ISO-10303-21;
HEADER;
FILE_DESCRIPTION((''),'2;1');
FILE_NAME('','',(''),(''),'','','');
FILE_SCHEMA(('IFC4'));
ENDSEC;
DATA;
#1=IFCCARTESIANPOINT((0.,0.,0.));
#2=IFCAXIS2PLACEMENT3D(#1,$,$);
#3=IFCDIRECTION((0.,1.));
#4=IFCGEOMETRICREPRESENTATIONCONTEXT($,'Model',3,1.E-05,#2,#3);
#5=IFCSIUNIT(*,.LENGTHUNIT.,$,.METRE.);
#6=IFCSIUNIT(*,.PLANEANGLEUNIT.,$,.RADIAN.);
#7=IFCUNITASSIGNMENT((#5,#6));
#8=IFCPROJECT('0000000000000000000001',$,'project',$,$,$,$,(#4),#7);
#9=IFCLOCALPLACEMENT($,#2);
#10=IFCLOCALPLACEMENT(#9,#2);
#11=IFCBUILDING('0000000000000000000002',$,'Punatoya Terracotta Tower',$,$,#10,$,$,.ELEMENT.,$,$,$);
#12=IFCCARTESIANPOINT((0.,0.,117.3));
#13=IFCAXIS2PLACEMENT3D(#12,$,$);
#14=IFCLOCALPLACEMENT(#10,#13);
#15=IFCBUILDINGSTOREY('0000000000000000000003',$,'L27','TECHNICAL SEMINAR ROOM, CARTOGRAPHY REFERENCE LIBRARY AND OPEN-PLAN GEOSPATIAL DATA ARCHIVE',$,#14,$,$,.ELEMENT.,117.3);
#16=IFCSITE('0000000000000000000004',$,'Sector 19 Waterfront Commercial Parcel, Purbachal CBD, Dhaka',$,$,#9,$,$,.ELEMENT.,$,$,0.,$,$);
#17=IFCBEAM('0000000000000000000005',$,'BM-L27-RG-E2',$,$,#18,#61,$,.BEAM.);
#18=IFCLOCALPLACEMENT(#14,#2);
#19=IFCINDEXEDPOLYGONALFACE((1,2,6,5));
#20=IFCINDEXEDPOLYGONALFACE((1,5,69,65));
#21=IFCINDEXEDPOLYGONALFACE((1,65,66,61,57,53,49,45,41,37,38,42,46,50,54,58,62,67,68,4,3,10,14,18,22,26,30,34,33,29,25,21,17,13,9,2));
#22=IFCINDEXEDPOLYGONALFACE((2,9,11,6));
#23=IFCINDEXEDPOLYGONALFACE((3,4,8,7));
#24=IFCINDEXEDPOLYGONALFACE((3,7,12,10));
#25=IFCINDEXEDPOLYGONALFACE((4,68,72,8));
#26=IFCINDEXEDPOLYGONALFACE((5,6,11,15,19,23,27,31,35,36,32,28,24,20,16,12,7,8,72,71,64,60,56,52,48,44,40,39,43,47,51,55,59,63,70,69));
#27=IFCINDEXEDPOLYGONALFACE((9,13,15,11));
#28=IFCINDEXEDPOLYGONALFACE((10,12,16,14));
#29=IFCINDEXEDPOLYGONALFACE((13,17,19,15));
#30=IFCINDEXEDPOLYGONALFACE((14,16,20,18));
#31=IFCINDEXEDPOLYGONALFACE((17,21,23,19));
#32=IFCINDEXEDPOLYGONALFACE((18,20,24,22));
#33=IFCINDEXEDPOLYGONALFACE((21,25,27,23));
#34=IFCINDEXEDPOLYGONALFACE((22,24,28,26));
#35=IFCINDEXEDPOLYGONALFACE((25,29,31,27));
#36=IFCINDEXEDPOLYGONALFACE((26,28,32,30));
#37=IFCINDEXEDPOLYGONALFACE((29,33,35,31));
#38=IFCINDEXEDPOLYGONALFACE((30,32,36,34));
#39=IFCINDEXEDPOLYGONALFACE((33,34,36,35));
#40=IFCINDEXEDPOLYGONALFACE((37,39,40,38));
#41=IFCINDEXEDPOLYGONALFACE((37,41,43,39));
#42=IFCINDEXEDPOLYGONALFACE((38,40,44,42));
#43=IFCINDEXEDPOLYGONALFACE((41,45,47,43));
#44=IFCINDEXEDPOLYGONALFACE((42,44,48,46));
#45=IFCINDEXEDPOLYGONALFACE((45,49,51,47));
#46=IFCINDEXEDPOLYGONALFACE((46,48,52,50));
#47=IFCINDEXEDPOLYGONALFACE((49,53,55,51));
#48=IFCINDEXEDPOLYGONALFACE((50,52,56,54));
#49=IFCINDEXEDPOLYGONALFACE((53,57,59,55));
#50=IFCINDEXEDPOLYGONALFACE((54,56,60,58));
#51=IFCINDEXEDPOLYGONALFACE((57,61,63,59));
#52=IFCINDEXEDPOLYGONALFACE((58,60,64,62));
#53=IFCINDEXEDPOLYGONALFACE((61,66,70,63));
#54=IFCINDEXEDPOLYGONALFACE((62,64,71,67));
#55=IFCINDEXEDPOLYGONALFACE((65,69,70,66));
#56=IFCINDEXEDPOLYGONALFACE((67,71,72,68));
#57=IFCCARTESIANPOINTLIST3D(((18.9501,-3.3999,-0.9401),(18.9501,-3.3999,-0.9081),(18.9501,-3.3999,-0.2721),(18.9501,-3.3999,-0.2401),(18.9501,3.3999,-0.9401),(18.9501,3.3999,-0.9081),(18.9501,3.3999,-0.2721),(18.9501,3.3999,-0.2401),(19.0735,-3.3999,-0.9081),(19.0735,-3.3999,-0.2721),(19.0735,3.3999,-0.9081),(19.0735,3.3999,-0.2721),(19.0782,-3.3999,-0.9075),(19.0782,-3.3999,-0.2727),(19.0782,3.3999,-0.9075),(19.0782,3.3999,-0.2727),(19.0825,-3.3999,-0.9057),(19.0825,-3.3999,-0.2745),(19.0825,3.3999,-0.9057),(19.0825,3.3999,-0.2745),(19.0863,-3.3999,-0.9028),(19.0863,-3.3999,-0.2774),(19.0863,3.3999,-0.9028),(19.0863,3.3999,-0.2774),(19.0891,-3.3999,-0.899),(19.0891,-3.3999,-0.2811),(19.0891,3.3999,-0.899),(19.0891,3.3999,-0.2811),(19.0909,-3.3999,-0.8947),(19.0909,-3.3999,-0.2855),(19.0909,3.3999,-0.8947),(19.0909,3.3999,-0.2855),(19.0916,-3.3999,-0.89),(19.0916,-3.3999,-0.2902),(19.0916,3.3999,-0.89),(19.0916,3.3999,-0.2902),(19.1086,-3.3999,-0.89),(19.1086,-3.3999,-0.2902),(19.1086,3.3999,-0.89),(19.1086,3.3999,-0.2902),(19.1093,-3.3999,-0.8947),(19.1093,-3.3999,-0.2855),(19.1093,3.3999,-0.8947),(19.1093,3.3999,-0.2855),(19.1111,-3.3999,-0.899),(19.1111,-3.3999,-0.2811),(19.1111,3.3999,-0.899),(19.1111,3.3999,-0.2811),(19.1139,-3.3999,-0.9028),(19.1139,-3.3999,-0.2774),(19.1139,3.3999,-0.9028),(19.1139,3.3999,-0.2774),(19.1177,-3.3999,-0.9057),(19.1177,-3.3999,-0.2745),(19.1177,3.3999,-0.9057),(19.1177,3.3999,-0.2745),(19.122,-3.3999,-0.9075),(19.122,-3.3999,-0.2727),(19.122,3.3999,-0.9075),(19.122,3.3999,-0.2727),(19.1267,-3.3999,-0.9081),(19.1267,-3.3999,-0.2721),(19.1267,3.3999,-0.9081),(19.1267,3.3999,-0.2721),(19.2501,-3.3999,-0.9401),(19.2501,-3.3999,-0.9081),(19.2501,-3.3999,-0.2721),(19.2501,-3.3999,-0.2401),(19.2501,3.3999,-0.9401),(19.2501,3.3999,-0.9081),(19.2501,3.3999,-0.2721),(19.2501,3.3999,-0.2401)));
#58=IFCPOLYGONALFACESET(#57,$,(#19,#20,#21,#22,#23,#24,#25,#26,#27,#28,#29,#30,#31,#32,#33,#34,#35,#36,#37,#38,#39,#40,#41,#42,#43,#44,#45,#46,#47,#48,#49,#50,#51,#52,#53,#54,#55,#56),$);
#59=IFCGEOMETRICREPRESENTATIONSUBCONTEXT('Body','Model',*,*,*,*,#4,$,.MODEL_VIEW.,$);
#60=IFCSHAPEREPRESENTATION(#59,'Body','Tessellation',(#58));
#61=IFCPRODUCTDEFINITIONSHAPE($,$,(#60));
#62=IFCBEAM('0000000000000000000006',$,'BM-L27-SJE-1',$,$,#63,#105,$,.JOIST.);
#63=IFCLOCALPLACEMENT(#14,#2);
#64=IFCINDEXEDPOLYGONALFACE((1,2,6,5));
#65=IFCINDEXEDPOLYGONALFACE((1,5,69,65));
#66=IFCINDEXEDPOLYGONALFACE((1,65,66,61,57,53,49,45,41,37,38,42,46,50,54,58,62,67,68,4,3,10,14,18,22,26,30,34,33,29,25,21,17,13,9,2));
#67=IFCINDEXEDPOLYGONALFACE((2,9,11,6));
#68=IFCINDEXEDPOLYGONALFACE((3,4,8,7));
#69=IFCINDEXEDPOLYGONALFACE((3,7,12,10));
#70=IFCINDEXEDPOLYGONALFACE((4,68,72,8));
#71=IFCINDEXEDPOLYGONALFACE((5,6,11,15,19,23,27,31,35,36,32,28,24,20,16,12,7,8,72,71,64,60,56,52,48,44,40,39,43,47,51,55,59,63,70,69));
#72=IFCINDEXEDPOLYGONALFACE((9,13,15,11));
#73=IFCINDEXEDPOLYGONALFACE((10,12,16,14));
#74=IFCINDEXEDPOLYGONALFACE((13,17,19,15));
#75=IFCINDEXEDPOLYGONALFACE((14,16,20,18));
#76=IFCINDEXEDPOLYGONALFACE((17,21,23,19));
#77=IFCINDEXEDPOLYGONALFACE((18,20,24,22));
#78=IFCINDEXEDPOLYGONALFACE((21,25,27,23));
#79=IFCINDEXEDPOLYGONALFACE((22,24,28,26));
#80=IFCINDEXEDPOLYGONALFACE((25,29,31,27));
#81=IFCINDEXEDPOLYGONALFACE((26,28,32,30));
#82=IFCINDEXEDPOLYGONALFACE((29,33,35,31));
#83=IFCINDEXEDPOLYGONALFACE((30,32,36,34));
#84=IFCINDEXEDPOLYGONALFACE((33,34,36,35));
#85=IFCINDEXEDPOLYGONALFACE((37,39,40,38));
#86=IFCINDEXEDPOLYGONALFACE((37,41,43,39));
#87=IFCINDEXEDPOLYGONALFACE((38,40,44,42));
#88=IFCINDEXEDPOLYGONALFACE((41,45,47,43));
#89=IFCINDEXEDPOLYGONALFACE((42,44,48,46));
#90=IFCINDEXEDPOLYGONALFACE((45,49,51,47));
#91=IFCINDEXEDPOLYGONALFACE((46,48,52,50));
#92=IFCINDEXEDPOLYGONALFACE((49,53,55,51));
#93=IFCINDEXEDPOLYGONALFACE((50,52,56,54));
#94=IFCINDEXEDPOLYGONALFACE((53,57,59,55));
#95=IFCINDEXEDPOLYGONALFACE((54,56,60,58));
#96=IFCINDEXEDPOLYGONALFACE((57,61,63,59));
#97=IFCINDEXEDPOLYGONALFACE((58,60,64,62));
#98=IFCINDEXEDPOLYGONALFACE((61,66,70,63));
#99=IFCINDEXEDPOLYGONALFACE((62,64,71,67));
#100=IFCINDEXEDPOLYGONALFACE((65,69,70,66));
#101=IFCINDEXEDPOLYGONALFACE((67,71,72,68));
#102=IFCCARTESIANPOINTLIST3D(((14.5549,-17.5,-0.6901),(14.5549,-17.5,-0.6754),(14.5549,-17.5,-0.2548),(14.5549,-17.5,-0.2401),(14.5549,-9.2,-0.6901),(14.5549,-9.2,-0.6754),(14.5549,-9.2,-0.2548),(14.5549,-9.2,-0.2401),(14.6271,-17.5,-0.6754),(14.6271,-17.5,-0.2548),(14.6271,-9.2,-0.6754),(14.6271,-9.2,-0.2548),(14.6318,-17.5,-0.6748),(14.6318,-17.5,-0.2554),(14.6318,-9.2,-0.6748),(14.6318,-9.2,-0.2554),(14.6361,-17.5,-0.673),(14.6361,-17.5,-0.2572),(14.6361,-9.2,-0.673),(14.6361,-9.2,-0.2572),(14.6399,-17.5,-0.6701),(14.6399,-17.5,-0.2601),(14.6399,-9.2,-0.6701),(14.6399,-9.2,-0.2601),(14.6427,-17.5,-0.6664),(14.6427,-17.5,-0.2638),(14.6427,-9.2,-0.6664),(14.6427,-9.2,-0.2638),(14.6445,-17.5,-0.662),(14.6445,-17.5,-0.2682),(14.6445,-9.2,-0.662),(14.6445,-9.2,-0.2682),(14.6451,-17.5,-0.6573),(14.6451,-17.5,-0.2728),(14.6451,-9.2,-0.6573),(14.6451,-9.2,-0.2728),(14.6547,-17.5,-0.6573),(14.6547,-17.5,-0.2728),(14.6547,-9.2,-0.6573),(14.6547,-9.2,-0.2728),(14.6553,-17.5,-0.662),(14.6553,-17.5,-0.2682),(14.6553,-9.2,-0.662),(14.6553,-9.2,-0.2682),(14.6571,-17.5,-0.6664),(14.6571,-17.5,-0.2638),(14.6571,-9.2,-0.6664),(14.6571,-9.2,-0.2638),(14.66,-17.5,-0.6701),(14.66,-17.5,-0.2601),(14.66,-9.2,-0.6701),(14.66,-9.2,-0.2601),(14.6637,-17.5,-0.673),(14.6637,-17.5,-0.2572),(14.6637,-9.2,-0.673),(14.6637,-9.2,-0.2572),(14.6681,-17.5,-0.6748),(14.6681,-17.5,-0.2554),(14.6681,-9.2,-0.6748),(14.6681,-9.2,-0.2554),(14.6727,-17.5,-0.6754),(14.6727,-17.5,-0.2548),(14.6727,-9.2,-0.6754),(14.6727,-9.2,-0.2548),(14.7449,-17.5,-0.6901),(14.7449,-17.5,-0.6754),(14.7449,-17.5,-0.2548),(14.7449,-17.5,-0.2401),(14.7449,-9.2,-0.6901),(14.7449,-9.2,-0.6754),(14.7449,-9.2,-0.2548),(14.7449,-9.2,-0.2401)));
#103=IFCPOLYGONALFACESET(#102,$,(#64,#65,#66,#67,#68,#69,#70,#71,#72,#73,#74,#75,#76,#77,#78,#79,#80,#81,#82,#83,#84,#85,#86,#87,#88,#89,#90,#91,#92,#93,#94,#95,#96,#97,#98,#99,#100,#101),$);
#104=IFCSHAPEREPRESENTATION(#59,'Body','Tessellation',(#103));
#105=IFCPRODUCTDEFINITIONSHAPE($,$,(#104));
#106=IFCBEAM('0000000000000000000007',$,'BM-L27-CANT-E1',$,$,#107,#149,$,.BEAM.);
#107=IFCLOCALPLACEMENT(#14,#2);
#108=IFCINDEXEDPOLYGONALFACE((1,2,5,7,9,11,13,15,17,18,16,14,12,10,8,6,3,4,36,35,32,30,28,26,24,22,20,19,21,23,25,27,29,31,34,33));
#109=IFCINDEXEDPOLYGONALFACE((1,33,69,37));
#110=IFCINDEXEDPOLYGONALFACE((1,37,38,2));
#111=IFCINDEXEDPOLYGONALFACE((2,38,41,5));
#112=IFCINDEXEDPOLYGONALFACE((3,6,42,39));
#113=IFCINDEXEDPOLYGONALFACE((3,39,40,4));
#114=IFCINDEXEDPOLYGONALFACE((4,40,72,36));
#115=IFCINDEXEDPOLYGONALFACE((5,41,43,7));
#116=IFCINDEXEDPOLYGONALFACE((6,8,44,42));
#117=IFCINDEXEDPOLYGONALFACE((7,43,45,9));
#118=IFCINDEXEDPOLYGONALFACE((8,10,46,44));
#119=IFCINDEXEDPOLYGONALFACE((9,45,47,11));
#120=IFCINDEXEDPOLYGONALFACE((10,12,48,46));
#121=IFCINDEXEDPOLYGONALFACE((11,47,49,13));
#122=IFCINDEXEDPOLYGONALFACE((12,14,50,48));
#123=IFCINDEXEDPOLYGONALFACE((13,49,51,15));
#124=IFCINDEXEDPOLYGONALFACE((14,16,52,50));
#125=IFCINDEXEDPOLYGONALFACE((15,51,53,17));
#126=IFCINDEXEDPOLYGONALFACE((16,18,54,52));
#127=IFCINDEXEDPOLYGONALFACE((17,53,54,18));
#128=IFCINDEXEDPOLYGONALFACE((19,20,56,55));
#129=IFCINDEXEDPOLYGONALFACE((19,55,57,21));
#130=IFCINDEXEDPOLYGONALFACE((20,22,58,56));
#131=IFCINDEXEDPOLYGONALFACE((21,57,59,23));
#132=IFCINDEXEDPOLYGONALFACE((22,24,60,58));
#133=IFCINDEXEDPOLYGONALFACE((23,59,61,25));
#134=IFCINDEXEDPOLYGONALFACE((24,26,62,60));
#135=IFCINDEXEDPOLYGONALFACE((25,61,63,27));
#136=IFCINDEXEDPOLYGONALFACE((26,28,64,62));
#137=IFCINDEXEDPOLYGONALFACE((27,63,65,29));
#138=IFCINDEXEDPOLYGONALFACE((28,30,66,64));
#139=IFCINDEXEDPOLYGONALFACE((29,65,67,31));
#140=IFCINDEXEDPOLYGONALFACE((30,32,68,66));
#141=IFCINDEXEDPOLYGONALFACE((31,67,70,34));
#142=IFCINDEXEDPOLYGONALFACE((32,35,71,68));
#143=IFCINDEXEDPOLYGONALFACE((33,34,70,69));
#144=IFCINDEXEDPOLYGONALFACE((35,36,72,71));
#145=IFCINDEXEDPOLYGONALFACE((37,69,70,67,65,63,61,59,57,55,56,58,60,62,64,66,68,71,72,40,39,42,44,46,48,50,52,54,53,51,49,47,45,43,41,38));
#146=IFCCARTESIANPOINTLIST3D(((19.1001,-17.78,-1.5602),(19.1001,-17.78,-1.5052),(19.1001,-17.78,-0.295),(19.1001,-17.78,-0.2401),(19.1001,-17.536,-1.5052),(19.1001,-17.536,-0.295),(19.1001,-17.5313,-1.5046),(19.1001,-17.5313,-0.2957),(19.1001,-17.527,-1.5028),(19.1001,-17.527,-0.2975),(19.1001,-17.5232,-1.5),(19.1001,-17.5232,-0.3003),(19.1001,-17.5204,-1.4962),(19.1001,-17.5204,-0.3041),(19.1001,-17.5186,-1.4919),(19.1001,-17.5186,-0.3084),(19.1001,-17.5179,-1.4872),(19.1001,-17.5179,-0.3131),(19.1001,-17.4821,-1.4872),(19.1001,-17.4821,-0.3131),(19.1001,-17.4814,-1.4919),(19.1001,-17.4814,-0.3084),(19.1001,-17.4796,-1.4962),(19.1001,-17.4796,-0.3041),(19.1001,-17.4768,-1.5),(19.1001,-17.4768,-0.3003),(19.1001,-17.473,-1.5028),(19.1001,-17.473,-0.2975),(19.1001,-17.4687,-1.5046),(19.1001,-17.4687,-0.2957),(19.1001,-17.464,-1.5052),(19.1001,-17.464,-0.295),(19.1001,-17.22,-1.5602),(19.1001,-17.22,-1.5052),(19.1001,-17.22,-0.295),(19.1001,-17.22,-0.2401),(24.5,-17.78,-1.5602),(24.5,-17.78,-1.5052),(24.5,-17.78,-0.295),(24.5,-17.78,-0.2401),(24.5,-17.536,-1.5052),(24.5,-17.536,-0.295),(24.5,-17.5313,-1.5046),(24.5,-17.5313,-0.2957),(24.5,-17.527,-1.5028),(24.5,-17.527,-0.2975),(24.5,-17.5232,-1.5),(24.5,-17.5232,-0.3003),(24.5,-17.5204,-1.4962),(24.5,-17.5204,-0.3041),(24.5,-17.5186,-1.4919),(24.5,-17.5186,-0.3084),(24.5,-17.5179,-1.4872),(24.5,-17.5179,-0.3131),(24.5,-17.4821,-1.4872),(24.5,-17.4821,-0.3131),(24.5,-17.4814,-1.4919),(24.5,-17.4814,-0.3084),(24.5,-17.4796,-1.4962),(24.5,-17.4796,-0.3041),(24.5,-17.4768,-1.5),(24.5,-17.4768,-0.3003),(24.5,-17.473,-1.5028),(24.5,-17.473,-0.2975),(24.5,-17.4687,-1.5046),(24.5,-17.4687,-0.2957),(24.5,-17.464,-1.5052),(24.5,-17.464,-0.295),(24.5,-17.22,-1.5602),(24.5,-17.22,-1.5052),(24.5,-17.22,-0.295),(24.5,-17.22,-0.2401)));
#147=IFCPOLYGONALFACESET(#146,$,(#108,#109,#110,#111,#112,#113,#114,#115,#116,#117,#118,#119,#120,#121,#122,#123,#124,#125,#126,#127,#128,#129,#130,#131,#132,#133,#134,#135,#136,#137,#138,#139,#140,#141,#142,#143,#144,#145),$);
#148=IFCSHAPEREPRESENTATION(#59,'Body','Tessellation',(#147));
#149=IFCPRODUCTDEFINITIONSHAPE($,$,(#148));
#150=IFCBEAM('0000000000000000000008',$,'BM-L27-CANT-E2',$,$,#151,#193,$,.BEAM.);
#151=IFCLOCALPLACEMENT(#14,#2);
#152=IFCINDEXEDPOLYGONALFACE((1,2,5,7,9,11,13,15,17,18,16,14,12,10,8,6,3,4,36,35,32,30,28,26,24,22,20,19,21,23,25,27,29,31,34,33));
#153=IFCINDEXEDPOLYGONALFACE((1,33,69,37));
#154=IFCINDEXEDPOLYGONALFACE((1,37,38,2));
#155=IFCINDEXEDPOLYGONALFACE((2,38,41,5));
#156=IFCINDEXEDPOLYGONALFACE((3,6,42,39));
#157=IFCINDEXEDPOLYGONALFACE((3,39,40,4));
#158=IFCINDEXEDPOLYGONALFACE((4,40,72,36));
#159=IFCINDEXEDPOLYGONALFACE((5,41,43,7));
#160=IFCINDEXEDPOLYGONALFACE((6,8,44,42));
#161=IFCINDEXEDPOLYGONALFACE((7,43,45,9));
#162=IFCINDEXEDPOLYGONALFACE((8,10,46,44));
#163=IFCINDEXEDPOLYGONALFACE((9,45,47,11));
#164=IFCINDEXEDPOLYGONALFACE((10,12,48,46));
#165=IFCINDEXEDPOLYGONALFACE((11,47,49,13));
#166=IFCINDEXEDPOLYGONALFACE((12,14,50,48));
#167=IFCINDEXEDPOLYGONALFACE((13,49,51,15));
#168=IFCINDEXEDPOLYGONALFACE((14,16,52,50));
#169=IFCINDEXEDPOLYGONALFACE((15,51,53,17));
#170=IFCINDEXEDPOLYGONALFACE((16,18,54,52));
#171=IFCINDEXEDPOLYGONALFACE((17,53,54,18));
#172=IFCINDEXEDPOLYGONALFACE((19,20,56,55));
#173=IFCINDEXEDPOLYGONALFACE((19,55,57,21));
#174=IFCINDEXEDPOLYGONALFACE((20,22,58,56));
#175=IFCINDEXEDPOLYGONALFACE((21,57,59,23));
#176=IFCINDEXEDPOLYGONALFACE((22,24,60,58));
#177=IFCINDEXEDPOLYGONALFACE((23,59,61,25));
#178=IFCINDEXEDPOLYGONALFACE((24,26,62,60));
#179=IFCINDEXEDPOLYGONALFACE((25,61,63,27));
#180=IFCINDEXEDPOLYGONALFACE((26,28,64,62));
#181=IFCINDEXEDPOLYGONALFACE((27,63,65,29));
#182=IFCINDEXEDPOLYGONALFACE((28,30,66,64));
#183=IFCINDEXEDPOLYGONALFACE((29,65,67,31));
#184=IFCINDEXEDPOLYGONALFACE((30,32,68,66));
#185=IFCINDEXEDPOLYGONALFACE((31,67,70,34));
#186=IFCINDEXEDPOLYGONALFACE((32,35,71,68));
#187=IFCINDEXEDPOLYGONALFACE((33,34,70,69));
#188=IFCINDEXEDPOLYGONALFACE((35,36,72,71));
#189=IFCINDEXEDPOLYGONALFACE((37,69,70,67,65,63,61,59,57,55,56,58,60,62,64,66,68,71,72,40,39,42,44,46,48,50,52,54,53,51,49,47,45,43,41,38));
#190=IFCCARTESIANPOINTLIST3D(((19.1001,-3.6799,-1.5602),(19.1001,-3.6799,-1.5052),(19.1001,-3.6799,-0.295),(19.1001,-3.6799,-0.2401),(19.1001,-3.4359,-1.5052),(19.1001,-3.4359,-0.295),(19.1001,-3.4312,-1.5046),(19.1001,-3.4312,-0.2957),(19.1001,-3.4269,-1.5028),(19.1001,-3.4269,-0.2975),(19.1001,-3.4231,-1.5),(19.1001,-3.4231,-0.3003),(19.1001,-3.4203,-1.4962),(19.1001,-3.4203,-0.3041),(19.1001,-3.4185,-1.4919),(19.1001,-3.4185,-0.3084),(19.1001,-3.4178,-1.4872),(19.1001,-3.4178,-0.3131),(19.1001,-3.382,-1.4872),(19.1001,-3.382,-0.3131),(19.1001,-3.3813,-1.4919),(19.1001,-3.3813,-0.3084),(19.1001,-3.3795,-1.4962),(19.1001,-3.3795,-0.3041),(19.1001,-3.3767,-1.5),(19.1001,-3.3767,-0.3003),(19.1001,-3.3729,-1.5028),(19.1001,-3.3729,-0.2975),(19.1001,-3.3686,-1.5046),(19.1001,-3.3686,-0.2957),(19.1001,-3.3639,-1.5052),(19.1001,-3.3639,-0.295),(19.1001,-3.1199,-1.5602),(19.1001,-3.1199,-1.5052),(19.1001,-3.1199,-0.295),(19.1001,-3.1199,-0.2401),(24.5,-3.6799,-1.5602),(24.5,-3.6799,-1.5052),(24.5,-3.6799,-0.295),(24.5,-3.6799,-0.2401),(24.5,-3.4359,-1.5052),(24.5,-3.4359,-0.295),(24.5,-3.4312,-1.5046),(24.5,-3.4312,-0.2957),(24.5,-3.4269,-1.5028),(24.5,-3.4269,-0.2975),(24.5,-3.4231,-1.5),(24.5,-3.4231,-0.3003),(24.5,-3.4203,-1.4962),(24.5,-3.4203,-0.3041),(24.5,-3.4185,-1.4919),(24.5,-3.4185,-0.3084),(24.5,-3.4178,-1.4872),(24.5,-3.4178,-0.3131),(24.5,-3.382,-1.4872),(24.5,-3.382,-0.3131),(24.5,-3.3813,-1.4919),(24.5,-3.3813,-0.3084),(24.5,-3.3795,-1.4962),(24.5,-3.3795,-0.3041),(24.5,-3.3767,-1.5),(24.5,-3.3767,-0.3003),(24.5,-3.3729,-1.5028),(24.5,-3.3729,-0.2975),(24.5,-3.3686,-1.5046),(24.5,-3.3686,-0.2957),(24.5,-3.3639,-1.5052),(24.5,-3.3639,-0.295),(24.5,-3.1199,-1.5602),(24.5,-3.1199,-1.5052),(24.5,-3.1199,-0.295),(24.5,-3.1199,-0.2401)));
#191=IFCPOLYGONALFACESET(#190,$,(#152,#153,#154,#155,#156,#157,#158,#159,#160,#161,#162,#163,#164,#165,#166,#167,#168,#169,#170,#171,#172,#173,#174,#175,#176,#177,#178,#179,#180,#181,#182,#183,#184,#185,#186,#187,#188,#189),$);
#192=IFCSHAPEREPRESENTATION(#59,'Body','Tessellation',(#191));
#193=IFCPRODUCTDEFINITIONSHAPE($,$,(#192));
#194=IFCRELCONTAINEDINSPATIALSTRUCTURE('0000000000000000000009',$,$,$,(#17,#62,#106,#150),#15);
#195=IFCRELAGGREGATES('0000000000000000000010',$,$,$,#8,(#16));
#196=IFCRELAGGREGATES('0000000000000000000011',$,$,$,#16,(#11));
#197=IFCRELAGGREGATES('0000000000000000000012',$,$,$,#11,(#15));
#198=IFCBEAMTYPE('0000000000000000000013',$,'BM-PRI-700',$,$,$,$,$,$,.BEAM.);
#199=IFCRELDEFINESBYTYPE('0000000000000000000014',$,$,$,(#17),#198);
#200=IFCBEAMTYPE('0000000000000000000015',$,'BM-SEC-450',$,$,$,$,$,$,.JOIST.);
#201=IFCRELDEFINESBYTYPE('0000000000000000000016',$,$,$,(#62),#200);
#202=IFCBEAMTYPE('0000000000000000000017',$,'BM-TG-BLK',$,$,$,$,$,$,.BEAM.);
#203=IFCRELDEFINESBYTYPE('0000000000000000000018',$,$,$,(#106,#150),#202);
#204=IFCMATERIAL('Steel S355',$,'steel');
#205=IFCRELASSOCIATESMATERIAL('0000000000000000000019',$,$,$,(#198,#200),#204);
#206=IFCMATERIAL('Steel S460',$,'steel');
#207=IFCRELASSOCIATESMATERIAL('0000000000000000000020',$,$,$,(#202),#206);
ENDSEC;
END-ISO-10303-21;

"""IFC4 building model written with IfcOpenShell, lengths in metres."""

from ifc_helpers import new_model, si_unit, direction, frame, origin, origin_2d, place, context, subcontext, project, spatial, i_section, extrude, material, material_profile, profile_set, type_object, element, save


model = new_model("IFC4")

# Units and contexts
model_context = context("Model", 3, precision=1e-05, world=origin(), true_north=direction((0.0, 1.0)))
body_context = subcontext(model_context, "Body", "Model", "MODEL_VIEW")
ifc_project = project(units=[si_unit("LENGTHUNIT", "METRE"), si_unit("PLANEANGLEUNIT", "RADIAN")], contexts=[model_context])

# Site, building, storey
site_placement = place(None, origin())
site = spatial("IfcSite", under=ifc_project, at=site_placement, Name="Sector 19 Waterfront Commercial Parcel, Purbachal CBD, Dhaka", CompositionType="ELEMENT", RefElevation=0.0)
building_placement = place(site_placement, origin())
building = spatial("IfcBuilding", under=site, at=building_placement, Name="Punatoya Terracotta Tower", CompositionType="ELEMENT")
storey_placement = place(building_placement, frame((0.0, 0.0, 117.3)))
storey = spatial("IfcBuildingStorey", under=building, at=storey_placement, Name="L27", Description="TECHNICAL SEMINAR ROOM, CARTOGRAPHY REFERENCE LIBRARY AND OPEN-PLAN GEOSPATIAL DATA ARCHIVE", CompositionType="ELEMENT", Elevation=117.3)

# Shared definitions
ifc_material_1 = material(Name="Steel S460", Category="steel")

# Beams
ifc_material_2 = material(Name="Steel S355", Category="steel")
ifc_material_profile_1 = material_profile(ifc_material_2, i_section(OverallWidth=0.3, OverallDepth=0.7, WebThickness=0.0171, FlangeThickness=0.032, FilletRadius=0.0181, at=origin_2d()))
ifc_profile_set_1 = profile_set([ifc_material_profile_1], Name="Steel S355")
beam_type_1 = type_object("IfcBeamType", Name="BM-PRI-700", PredefinedType="BEAM", material=ifc_profile_set_1)
beam_1_placement = place(storey_placement, frame((19.1001, -3.3999, -0.5901), z_axis=(0.0, 1.0, 0.0), x_axis=(-1.0, 0.0, 0.0)))
element("IfcBeam", 1, at=beam_1_placement, inside=storey, type_object=beam_type_1, Name="BM-L27-RG-E2", PredefinedType="BEAM", context=body_context, shape_type="SweptSolid", body=[
    extrude(i_section(OverallWidth=0.3, OverallDepth=0.7, WebThickness=0.0171, FlangeThickness=0.032, FilletRadius=0.0181, at=origin_2d()), origin(), (0.0, 0.0, 1.0), 6.7998),
])
ifc_material_profile_2 = material_profile(ifc_material_2, i_section(OverallWidth=0.1899, OverallDepth=0.45, WebThickness=0.0095, FlangeThickness=0.0146, FilletRadius=0.0181, at=origin_2d()))
ifc_profile_set_2 = profile_set([ifc_material_profile_2], Name="Steel S355")
beam_type_2 = type_object("IfcBeamType", Name="BM-SEC-450", PredefinedType="JOIST", material=ifc_profile_set_2)
beam_2_placement = place(storey_placement, frame((14.6499, -17.5, -0.4651), z_axis=(0.0, 1.0, 0.0), x_axis=(-1.0, 0.0, 0.0)))
element("IfcBeam", 2, at=beam_2_placement, inside=storey, type_object=beam_type_2, Name="BM-L27-SJE-1", PredefinedType="JOIST", context=body_context, shape_type="SweptSolid", body=[
    extrude(i_section(OverallWidth=0.1899, OverallDepth=0.45, WebThickness=0.0095, FlangeThickness=0.0146, FilletRadius=0.0181, at=origin_2d()), origin(), (0.0, 0.0, 1.0), 8.3),
])
ifc_material_profile_3 = material_profile(ifc_material_1, i_section(OverallWidth=0.5601, OverallDepth=1.3201, WebThickness=0.0359, FlangeThickness=0.0549, FilletRadius=0.0181, at=origin_2d()))
ifc_profile_set_3 = profile_set([ifc_material_profile_3], Name="Steel S460")
beam_type_3 = type_object("IfcBeamType", Name="BM-TG-BLK", PredefinedType="BEAM", material=ifc_profile_set_3)
for number, where, z_axis, x_axis, name in (
    (3, (19.1001, -17.5, -0.9001), (1.0, 0.0, 0.0), (0.0, 1.0, 0.0), "BM-L27-CANT-E1"),
    (4, (19.1001, -3.3999, -0.9001), (1.0, 0.0, 0.0), (0.0, 1.0, 0.0), "BM-L27-CANT-E2"),
):
    element("IfcBeam", number, at=place(storey_placement, frame(where, z_axis=z_axis, x_axis=x_axis)), inside=storey, type_object=beam_type_3, Name=name, PredefinedType="BEAM", context=body_context, shape_type="SweptSolid", body=[
        extrude(i_section(OverallWidth=0.5601, OverallDepth=1.3201, WebThickness=0.0359, FlangeThickness=0.0549, FilletRadius=0.0181, at=origin_2d()), origin(), (0.0, 0.0, 1.0), 5.3999),
    ])

save(model, "model.ifc")
